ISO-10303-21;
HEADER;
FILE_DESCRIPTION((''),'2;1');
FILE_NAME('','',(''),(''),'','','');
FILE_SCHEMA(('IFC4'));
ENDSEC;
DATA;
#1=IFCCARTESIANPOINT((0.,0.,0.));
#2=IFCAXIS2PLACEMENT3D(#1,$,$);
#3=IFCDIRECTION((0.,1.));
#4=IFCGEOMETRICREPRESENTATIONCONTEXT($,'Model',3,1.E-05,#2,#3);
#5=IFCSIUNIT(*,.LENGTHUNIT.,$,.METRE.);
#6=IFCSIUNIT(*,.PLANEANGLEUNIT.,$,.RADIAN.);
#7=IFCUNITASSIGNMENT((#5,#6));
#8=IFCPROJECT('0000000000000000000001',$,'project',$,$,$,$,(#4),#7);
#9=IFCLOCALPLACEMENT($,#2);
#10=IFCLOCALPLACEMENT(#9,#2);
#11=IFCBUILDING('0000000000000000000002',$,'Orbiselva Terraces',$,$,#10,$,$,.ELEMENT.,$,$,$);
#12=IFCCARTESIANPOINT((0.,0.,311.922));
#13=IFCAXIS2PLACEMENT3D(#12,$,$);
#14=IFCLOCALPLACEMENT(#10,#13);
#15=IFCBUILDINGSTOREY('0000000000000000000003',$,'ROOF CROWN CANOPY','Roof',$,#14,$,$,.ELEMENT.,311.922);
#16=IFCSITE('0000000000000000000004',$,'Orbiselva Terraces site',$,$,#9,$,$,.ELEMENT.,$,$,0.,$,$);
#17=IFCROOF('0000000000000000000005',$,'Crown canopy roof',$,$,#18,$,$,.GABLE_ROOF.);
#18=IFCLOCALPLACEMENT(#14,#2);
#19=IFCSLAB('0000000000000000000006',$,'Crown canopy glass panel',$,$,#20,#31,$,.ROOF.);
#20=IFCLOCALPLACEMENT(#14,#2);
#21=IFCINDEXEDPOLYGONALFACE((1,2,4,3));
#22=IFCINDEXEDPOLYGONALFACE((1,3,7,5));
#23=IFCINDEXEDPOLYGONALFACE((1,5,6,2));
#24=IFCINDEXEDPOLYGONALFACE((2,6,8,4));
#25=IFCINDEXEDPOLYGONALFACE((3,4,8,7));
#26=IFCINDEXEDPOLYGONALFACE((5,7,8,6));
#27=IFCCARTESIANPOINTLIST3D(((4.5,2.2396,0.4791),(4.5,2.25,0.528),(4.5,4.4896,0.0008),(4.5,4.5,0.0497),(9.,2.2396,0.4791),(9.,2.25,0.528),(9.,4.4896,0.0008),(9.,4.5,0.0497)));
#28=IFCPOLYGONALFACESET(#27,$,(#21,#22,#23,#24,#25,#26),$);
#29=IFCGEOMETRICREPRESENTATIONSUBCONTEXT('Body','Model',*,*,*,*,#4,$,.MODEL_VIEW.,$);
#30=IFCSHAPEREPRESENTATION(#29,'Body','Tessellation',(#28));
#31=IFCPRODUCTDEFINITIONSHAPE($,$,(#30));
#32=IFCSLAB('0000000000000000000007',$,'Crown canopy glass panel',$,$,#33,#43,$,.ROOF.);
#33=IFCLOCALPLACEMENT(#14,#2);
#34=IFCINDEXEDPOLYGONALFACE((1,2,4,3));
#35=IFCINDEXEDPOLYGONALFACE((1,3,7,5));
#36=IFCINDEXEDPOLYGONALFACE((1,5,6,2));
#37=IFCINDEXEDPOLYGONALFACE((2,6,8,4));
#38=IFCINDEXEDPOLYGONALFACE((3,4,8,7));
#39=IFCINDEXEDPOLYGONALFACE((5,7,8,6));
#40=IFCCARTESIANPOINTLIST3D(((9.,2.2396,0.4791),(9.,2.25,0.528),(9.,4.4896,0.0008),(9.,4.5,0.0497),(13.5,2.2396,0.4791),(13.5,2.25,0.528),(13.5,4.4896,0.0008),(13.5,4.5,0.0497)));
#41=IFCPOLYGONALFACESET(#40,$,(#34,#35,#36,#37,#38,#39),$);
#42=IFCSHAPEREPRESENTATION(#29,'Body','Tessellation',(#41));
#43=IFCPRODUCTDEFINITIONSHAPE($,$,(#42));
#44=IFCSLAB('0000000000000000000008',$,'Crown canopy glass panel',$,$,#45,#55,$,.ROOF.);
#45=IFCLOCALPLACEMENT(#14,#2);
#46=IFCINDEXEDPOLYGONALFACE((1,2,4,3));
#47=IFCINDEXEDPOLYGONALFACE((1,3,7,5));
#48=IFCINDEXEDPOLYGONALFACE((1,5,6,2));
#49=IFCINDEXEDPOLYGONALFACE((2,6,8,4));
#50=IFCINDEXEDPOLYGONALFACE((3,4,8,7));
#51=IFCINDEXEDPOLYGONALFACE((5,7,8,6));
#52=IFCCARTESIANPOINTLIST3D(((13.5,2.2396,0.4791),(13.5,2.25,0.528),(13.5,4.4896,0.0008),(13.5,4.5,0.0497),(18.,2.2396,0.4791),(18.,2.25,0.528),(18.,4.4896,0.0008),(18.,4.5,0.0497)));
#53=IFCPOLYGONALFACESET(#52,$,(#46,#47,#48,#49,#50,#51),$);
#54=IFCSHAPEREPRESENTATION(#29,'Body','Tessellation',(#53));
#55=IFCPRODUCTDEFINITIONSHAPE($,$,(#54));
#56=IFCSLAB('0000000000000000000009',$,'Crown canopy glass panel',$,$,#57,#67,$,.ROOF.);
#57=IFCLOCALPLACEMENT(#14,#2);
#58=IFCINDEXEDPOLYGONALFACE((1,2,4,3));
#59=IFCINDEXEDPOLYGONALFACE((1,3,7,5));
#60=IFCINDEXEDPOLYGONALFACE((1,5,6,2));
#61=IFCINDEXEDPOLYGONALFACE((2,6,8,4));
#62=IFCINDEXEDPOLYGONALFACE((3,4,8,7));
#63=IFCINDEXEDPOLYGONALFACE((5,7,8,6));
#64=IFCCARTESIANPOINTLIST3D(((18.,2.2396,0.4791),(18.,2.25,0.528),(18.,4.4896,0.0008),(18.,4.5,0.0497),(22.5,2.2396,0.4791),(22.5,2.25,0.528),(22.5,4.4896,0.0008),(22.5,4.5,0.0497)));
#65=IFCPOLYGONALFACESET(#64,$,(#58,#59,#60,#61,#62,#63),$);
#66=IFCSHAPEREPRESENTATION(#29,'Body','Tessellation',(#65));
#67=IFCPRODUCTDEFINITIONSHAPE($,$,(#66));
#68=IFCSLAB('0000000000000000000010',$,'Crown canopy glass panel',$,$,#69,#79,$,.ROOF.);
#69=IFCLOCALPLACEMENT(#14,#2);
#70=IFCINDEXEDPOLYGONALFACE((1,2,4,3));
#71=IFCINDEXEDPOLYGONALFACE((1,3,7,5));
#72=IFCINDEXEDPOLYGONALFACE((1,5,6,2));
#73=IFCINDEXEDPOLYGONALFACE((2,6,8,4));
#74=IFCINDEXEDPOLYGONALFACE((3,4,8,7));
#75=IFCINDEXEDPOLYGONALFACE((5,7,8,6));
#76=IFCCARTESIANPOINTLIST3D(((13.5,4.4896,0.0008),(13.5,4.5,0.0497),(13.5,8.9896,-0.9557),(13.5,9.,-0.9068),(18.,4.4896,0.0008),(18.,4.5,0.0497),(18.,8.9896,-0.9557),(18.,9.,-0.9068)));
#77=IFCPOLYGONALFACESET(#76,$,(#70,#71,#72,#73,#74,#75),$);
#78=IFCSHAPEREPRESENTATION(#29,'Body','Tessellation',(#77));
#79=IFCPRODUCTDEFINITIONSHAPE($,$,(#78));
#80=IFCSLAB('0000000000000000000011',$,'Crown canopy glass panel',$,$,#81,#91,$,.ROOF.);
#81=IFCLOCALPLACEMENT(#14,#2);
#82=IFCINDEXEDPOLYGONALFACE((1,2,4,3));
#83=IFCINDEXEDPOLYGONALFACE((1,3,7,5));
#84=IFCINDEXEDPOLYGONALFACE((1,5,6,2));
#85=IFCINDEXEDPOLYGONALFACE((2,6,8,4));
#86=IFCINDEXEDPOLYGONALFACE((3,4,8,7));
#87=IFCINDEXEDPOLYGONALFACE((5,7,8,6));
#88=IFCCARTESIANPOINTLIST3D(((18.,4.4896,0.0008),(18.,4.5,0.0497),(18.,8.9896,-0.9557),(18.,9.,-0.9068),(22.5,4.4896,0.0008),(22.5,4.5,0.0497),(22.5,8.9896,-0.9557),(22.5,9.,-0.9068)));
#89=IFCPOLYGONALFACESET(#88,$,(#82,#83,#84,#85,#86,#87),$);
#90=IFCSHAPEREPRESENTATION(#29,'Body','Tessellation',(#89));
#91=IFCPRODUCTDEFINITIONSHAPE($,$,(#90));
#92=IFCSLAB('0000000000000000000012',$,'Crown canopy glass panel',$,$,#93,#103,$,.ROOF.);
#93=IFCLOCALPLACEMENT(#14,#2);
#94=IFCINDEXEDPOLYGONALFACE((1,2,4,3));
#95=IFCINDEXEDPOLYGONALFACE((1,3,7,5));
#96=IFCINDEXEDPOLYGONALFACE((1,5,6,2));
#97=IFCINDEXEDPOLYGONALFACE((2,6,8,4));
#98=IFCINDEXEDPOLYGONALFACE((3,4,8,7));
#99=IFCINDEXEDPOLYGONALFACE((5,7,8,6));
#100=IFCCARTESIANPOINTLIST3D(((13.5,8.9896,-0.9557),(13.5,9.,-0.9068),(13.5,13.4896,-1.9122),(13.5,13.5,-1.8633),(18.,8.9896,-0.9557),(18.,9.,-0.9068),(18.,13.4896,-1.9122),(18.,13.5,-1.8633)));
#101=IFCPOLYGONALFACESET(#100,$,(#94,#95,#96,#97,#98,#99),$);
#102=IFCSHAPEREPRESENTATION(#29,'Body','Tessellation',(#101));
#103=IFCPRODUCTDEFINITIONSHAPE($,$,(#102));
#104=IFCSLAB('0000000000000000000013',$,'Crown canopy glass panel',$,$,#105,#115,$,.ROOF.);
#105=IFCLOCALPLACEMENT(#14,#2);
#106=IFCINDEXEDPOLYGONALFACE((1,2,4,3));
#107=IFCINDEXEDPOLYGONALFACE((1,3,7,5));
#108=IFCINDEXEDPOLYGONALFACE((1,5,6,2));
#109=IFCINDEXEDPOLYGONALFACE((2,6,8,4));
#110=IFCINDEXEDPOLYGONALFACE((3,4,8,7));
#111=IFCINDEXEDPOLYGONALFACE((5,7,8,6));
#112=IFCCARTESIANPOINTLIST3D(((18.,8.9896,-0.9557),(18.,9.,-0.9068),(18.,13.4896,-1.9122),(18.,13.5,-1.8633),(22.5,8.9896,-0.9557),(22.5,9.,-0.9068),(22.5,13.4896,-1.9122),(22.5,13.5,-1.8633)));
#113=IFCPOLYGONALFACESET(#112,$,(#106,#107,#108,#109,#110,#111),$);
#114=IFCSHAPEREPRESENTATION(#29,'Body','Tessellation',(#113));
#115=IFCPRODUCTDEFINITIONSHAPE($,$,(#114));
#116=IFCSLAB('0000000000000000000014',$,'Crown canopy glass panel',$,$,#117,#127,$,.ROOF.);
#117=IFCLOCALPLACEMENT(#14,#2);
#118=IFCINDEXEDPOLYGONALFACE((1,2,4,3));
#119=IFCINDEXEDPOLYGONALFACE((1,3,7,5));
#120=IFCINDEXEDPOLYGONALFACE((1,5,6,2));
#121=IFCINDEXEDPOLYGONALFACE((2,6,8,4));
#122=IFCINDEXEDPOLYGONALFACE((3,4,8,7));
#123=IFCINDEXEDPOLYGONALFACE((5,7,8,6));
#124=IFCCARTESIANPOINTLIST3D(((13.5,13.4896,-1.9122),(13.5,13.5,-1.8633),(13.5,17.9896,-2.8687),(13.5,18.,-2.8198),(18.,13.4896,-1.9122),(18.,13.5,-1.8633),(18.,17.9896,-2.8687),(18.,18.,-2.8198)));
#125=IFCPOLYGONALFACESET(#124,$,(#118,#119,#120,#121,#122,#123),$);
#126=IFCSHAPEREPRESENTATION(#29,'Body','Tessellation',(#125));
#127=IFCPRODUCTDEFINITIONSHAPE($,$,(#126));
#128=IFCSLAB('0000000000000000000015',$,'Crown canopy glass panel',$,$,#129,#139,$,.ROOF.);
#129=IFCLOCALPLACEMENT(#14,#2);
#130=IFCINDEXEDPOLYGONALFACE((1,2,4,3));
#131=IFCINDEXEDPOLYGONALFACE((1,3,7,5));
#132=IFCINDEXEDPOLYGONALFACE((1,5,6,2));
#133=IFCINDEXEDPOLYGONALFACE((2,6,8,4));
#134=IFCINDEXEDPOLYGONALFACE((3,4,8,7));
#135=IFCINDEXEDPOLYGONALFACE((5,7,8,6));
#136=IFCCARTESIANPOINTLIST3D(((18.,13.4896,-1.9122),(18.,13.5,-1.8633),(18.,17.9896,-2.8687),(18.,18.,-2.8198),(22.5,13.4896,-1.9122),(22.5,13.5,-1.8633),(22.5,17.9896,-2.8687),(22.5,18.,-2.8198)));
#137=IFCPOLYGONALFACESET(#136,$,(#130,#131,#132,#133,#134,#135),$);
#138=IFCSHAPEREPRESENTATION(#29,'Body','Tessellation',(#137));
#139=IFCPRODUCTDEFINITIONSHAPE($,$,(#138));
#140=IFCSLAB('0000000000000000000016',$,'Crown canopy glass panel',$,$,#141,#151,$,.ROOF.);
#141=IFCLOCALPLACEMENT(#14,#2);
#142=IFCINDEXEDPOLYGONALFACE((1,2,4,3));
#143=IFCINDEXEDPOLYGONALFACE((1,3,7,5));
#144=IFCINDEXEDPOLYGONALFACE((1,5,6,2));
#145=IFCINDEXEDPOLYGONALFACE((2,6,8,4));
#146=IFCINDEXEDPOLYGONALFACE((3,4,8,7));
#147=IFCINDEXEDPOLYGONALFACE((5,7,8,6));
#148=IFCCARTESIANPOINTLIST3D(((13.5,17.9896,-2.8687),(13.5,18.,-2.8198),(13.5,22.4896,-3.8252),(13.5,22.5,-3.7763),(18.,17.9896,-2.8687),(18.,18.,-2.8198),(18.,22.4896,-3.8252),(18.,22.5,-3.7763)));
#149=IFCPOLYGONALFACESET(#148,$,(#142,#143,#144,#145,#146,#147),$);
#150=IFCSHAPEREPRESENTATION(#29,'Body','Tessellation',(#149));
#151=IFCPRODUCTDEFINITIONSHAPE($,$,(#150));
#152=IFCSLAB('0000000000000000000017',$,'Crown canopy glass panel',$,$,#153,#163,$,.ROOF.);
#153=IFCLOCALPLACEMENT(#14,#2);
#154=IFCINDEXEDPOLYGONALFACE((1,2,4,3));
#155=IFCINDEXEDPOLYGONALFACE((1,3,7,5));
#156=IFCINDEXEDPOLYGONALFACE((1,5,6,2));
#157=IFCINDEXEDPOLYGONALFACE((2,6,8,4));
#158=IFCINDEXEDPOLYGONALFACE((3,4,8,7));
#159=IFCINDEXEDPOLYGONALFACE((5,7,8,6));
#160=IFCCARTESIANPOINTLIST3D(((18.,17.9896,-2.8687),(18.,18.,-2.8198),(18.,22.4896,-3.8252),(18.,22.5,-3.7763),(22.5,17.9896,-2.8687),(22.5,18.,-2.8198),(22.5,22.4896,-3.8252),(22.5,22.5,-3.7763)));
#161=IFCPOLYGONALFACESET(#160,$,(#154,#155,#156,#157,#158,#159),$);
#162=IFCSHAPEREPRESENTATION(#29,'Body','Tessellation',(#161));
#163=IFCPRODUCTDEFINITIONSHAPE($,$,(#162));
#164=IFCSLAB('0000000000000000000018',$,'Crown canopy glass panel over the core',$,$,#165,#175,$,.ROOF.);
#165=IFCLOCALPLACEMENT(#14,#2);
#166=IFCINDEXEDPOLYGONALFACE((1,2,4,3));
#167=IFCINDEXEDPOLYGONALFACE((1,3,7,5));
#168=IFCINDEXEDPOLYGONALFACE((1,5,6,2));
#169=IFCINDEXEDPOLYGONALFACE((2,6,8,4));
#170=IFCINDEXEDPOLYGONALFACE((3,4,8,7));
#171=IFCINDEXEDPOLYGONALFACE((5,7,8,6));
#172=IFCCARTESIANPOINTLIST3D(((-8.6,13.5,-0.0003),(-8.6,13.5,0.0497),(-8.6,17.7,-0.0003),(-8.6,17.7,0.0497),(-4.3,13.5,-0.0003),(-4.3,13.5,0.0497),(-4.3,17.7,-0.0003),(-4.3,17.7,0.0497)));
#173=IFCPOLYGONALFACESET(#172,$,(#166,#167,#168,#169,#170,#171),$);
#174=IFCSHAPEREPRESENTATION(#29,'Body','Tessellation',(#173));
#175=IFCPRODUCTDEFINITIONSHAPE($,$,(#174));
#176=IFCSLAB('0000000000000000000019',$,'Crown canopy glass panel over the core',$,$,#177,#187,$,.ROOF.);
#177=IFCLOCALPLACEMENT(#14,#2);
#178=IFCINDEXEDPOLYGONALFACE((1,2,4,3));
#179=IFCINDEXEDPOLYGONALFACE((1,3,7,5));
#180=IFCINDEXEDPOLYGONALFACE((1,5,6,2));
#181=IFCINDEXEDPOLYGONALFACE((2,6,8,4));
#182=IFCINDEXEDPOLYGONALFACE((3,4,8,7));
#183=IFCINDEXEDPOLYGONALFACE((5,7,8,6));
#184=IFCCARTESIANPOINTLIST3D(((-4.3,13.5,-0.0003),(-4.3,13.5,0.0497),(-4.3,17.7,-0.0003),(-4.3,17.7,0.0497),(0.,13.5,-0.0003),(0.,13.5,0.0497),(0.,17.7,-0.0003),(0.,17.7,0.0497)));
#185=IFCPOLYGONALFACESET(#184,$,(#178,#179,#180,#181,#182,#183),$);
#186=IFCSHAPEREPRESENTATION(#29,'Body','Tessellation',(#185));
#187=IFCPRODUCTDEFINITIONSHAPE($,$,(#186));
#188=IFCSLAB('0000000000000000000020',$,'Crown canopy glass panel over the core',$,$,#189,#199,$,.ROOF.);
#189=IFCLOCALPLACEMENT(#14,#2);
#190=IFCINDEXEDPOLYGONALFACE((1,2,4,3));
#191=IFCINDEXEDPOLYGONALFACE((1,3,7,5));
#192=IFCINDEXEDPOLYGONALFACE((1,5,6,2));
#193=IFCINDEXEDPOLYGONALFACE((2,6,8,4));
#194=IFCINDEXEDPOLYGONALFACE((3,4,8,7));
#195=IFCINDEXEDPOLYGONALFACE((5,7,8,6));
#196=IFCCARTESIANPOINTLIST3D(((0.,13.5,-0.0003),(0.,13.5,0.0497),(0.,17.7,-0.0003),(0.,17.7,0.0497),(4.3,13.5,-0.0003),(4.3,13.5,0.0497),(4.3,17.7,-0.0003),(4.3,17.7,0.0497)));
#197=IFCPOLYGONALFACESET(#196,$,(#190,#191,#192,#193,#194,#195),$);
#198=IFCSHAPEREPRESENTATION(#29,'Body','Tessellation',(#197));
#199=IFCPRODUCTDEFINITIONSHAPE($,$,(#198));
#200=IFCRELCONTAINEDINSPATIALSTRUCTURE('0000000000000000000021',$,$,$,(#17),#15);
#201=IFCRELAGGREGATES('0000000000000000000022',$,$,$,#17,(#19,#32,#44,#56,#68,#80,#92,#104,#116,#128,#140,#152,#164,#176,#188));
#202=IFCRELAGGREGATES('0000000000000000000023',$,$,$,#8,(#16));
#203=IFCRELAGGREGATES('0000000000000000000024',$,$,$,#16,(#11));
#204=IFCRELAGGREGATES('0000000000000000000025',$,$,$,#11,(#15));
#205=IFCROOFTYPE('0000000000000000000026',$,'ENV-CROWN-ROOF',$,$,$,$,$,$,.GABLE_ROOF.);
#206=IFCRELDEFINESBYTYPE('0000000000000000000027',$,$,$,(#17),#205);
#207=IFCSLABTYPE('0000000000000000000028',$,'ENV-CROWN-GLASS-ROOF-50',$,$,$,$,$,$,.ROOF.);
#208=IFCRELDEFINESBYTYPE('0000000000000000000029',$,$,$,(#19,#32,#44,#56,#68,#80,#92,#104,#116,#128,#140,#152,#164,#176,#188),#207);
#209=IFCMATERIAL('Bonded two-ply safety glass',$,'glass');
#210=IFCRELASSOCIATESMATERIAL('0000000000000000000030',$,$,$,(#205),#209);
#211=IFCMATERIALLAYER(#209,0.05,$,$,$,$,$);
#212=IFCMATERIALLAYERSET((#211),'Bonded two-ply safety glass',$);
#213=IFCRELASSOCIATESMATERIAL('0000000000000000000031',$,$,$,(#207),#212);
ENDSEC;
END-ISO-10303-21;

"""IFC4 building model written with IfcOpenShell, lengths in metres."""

from ifc_helpers import new_model, si_unit, direction, frame, origin, place, context, subcontext, project, spatial, polyline, outline, extrude, material, layer, layer_set, type_object, element, aggregate, save


model = new_model("IFC4")

# Units and contexts
model_context = context("Model", 3, precision=1e-05, world=origin(), true_north=direction((0.0, 1.0)))
body_context = subcontext(model_context, "Body", "Model", "MODEL_VIEW")
ifc_project = project(units=[si_unit("LENGTHUNIT", "METRE"), si_unit("PLANEANGLEUNIT", "RADIAN")], contexts=[model_context])

# Site, building, storey
site_placement = place(None, origin())
site = spatial("IfcSite", under=ifc_project, at=site_placement, Name="Orbiselva Terraces site", CompositionType="ELEMENT", RefElevation=0.0)
building_placement = place(site_placement, origin())
building = spatial("IfcBuilding", under=site, at=building_placement, Name="Orbiselva Terraces", CompositionType="ELEMENT")
storey_placement = place(building_placement, frame((0.0, 0.0, 311.922)))
storey = spatial("IfcBuildingStorey", under=building, at=storey_placement, Name="ROOF CROWN CANOPY", Description="Roof", CompositionType="ELEMENT", Elevation=311.922)

# Roof, slabs
ifc_material = material(Name="Bonded two-ply safety glass", Category="glass")
roof_type = type_object("IfcRoofType", Name="ENV-CROWN-ROOF", PredefinedType="GABLE_ROOF", material=ifc_material)
roof_placement = place(storey_placement, origin())
roof = element("IfcRoof", 1, at=roof_placement, inside=storey, type_object=roof_type, Name="Crown canopy roof", PredefinedType="GABLE_ROOF")
ifc_layer = layer(ifc_material, 0.05)
ifc_layer_set = layer_set([ifc_layer], Name="Bonded two-ply safety glass")
slab_type = type_object("IfcSlabType", Name="ENV-CROWN-GLASS-ROOF-50", PredefinedType="ROOF", material=ifc_layer_set)
slab_1_placement = place(storey_placement, frame((4.5, 2.25, 0.528), z_axis=(0.0, 0.207912, 0.978148), x_axis=(1.0, 0.0, 0.0)))
slab_1 = element("IfcSlab", 2, at=slab_1_placement, type_object=slab_type, Name="Crown canopy glass panel", PredefinedType="ROOF", context=body_context, shape_type="SweptSolid", body=[
    extrude(outline(polyline([(0.0, 0.0), (4.5, 0.0), (4.5, 2.3003), (0.0, 2.3003), (0.0, 0.0)])), origin(), (0.0, 0.0, -1.0), 0.05),
])
slab_2_placement = place(storey_placement, frame((9.0, 2.25, 0.528), z_axis=(0.0, 0.207912, 0.978148), x_axis=(1.0, 0.0, 0.0)))
slab_2 = element("IfcSlab", 3, at=slab_2_placement, type_object=slab_type, Name="Crown canopy glass panel", PredefinedType="ROOF", context=body_context, shape_type="SweptSolid", body=[
    extrude(outline(polyline([(0.0, 0.0), (4.5, 0.0), (4.5, 2.3003), (0.0, 2.3003), (0.0, 0.0)])), origin(), (0.0, 0.0, -1.0), 0.05),
])
slab_3_placement = place(storey_placement, frame((13.5, 2.25, 0.528), z_axis=(0.0, 0.207912, 0.978148), x_axis=(1.0, 0.0, 0.0)))
slab_3 = element("IfcSlab", 4, at=slab_3_placement, type_object=slab_type, Name="Crown canopy glass panel", PredefinedType="ROOF", context=body_context, shape_type="SweptSolid", body=[
    extrude(outline(polyline([(0.0, 0.0), (4.5, 0.0), (4.5, 2.3003), (0.0, 2.3003), (0.0, 0.0)])), origin(), (0.0, 0.0, -1.0), 0.05),
])
slab_4_placement = place(storey_placement, frame((18.0, 2.25, 0.528), z_axis=(0.0, 0.207912, 0.978148), x_axis=(1.0, 0.0, 0.0)))
slab_4 = element("IfcSlab", 5, at=slab_4_placement, type_object=slab_type, Name="Crown canopy glass panel", PredefinedType="ROOF", context=body_context, shape_type="SweptSolid", body=[
    extrude(outline(polyline([(0.0, 0.0), (4.5, 0.0), (4.5, 2.3003), (0.0, 2.3003), (0.0, 0.0)])), origin(), (0.0, 0.0, -1.0), 0.05),
])
slab_5_placement = place(storey_placement, frame((13.5, 4.5, 0.0497), z_axis=(0.0, 0.207912, 0.978148), x_axis=(1.0, 0.0, 0.0)))
slab_5 = element("IfcSlab", 6, at=slab_5_placement, type_object=slab_type, Name="Crown canopy glass panel", PredefinedType="ROOF", context=body_context, shape_type="SweptSolid", body=[
    extrude(outline(polyline([(0.0, 0.0), (4.5, 0.0), (4.5, 4.6005), (0.0, 4.6005), (0.0, 0.0)])), origin(), (0.0, 0.0, -1.0), 0.05),
])
slab_6_placement = place(storey_placement, frame((18.0, 4.5, 0.0497), z_axis=(0.0, 0.207912, 0.978148), x_axis=(1.0, 0.0, 0.0)))
slab_6 = element("IfcSlab", 7, at=slab_6_placement, type_object=slab_type, Name="Crown canopy glass panel", PredefinedType="ROOF", context=body_context, shape_type="SweptSolid", body=[
    extrude(outline(polyline([(0.0, 0.0), (4.5, 0.0), (4.5, 4.6005), (0.0, 4.6005), (0.0, 0.0)])), origin(), (0.0, 0.0, -1.0), 0.05),
])
slab_7_placement = place(storey_placement, frame((13.5, 9.0, -0.9068), z_axis=(0.0, 0.207912, 0.978148), x_axis=(1.0, 0.0, 0.0)))
slab_7 = element("IfcSlab", 8, at=slab_7_placement, type_object=slab_type, Name="Crown canopy glass panel", PredefinedType="ROOF", context=body_context, shape_type="SweptSolid", body=[
    extrude(outline(polyline([(0.0, 0.0), (4.5, 0.0), (4.5, 4.6005), (0.0, 4.6005), (0.0, 0.0)])), origin(), (0.0, 0.0, -1.0), 0.05),
])
slab_8_placement = place(storey_placement, frame((18.0, 9.0, -0.9068), z_axis=(0.0, 0.207912, 0.978148), x_axis=(1.0, 0.0, 0.0)))
slab_8 = element("IfcSlab", 9, at=slab_8_placement, type_object=slab_type, Name="Crown canopy glass panel", PredefinedType="ROOF", context=body_context, shape_type="SweptSolid", body=[
    extrude(outline(polyline([(0.0, 0.0), (4.5, 0.0), (4.5, 4.6005), (0.0, 4.6005), (0.0, 0.0)])), origin(), (0.0, 0.0, -1.0), 0.05),
])
slab_9_placement = place(storey_placement, frame((13.5, 13.5, -1.8633), z_axis=(0.0, 0.207912, 0.978148), x_axis=(1.0, 0.0, 0.0)))
slab_9 = element("IfcSlab", 10, at=slab_9_placement, type_object=slab_type, Name="Crown canopy glass panel", PredefinedType="ROOF", context=body_context, shape_type="SweptSolid", body=[
    extrude(outline(polyline([(0.0, 0.0), (4.5, 0.0), (4.5, 4.6005), (0.0, 4.6005), (0.0, 0.0)])), origin(), (0.0, 0.0, -1.0), 0.05),
])
slab_10_placement = place(storey_placement, frame((18.0, 13.5, -1.8633), z_axis=(0.0, 0.207912, 0.978148), x_axis=(1.0, 0.0, 0.0)))
slab_10 = element("IfcSlab", 11, at=slab_10_placement, type_object=slab_type, Name="Crown canopy glass panel", PredefinedType="ROOF", context=body_context, shape_type="SweptSolid", body=[
    extrude(outline(polyline([(0.0, 0.0), (4.5, 0.0), (4.5, 4.6005), (0.0, 4.6005), (0.0, 0.0)])), origin(), (0.0, 0.0, -1.0), 0.05),
])
slab_11_placement = place(storey_placement, frame((13.5, 18.0, -2.8198), z_axis=(0.0, 0.207912, 0.978148), x_axis=(1.0, 0.0, 0.0)))
slab_11 = element("IfcSlab", 12, at=slab_11_placement, type_object=slab_type, Name="Crown canopy glass panel", PredefinedType="ROOF", context=body_context, shape_type="SweptSolid", body=[
    extrude(outline(polyline([(0.0, 0.0), (4.5, 0.0), (4.5, 4.6005), (0.0, 4.6005), (0.0, 0.0)])), origin(), (0.0, 0.0, -1.0), 0.05),
])
slab_12_placement = place(storey_placement, frame((18.0, 18.0, -2.8198), z_axis=(0.0, 0.207912, 0.978148), x_axis=(1.0, 0.0, 0.0)))
slab_12 = element("IfcSlab", 13, at=slab_12_placement, type_object=slab_type, Name="Crown canopy glass panel", PredefinedType="ROOF", context=body_context, shape_type="SweptSolid", body=[
    extrude(outline(polyline([(0.0, 0.0), (4.5, 0.0), (4.5, 4.6005), (0.0, 4.6005), (0.0, 0.0)])), origin(), (0.0, 0.0, -1.0), 0.05),
])
slab_13_placement = place(storey_placement, frame((0.0, 0.0, -0.0003)))
slab_13 = element("IfcSlab", 14, at=slab_13_placement, type_object=slab_type, Name="Crown canopy glass panel over the core", PredefinedType="ROOF", context=body_context, shape_type="SweptSolid", body=[
    extrude(outline(polyline([(-8.6, 13.5), (-4.3, 13.5), (-4.3, 17.7), (-8.6, 17.7), (-8.6, 13.5)])), origin(), (0.0, 0.0, 1.0), 0.05),
])
slab_14_placement = place(storey_placement, frame((0.0, 0.0, -0.0003)))
slab_14 = element("IfcSlab", 15, at=slab_14_placement, type_object=slab_type, Name="Crown canopy glass panel over the core", PredefinedType="ROOF", context=body_context, shape_type="SweptSolid", body=[
    extrude(outline(polyline([(-4.3, 13.5), (0.0, 13.5), (0.0, 17.7), (-4.3, 17.7), (-4.3, 13.5)])), origin(), (0.0, 0.0, 1.0), 0.05),
])
slab_15_placement = place(storey_placement, frame((0.0, 0.0, -0.0003)))
slab_15 = element("IfcSlab", 16, at=slab_15_placement, type_object=slab_type, Name="Crown canopy glass panel over the core", PredefinedType="ROOF", context=body_context, shape_type="SweptSolid", body=[
    extrude(outline(polyline([(0.0, 13.5), (4.3, 13.5), (4.3, 17.7), (0.0, 17.7), (0.0, 13.5)])), origin(), (0.0, 0.0, 1.0), 0.05),
])
aggregate(roof, [slab_1, slab_2, slab_3, slab_4, slab_5, slab_6, slab_7, slab_8, slab_9, slab_10, slab_11, slab_12, slab_13, slab_14, slab_15])

save(model, "model.ifc")
